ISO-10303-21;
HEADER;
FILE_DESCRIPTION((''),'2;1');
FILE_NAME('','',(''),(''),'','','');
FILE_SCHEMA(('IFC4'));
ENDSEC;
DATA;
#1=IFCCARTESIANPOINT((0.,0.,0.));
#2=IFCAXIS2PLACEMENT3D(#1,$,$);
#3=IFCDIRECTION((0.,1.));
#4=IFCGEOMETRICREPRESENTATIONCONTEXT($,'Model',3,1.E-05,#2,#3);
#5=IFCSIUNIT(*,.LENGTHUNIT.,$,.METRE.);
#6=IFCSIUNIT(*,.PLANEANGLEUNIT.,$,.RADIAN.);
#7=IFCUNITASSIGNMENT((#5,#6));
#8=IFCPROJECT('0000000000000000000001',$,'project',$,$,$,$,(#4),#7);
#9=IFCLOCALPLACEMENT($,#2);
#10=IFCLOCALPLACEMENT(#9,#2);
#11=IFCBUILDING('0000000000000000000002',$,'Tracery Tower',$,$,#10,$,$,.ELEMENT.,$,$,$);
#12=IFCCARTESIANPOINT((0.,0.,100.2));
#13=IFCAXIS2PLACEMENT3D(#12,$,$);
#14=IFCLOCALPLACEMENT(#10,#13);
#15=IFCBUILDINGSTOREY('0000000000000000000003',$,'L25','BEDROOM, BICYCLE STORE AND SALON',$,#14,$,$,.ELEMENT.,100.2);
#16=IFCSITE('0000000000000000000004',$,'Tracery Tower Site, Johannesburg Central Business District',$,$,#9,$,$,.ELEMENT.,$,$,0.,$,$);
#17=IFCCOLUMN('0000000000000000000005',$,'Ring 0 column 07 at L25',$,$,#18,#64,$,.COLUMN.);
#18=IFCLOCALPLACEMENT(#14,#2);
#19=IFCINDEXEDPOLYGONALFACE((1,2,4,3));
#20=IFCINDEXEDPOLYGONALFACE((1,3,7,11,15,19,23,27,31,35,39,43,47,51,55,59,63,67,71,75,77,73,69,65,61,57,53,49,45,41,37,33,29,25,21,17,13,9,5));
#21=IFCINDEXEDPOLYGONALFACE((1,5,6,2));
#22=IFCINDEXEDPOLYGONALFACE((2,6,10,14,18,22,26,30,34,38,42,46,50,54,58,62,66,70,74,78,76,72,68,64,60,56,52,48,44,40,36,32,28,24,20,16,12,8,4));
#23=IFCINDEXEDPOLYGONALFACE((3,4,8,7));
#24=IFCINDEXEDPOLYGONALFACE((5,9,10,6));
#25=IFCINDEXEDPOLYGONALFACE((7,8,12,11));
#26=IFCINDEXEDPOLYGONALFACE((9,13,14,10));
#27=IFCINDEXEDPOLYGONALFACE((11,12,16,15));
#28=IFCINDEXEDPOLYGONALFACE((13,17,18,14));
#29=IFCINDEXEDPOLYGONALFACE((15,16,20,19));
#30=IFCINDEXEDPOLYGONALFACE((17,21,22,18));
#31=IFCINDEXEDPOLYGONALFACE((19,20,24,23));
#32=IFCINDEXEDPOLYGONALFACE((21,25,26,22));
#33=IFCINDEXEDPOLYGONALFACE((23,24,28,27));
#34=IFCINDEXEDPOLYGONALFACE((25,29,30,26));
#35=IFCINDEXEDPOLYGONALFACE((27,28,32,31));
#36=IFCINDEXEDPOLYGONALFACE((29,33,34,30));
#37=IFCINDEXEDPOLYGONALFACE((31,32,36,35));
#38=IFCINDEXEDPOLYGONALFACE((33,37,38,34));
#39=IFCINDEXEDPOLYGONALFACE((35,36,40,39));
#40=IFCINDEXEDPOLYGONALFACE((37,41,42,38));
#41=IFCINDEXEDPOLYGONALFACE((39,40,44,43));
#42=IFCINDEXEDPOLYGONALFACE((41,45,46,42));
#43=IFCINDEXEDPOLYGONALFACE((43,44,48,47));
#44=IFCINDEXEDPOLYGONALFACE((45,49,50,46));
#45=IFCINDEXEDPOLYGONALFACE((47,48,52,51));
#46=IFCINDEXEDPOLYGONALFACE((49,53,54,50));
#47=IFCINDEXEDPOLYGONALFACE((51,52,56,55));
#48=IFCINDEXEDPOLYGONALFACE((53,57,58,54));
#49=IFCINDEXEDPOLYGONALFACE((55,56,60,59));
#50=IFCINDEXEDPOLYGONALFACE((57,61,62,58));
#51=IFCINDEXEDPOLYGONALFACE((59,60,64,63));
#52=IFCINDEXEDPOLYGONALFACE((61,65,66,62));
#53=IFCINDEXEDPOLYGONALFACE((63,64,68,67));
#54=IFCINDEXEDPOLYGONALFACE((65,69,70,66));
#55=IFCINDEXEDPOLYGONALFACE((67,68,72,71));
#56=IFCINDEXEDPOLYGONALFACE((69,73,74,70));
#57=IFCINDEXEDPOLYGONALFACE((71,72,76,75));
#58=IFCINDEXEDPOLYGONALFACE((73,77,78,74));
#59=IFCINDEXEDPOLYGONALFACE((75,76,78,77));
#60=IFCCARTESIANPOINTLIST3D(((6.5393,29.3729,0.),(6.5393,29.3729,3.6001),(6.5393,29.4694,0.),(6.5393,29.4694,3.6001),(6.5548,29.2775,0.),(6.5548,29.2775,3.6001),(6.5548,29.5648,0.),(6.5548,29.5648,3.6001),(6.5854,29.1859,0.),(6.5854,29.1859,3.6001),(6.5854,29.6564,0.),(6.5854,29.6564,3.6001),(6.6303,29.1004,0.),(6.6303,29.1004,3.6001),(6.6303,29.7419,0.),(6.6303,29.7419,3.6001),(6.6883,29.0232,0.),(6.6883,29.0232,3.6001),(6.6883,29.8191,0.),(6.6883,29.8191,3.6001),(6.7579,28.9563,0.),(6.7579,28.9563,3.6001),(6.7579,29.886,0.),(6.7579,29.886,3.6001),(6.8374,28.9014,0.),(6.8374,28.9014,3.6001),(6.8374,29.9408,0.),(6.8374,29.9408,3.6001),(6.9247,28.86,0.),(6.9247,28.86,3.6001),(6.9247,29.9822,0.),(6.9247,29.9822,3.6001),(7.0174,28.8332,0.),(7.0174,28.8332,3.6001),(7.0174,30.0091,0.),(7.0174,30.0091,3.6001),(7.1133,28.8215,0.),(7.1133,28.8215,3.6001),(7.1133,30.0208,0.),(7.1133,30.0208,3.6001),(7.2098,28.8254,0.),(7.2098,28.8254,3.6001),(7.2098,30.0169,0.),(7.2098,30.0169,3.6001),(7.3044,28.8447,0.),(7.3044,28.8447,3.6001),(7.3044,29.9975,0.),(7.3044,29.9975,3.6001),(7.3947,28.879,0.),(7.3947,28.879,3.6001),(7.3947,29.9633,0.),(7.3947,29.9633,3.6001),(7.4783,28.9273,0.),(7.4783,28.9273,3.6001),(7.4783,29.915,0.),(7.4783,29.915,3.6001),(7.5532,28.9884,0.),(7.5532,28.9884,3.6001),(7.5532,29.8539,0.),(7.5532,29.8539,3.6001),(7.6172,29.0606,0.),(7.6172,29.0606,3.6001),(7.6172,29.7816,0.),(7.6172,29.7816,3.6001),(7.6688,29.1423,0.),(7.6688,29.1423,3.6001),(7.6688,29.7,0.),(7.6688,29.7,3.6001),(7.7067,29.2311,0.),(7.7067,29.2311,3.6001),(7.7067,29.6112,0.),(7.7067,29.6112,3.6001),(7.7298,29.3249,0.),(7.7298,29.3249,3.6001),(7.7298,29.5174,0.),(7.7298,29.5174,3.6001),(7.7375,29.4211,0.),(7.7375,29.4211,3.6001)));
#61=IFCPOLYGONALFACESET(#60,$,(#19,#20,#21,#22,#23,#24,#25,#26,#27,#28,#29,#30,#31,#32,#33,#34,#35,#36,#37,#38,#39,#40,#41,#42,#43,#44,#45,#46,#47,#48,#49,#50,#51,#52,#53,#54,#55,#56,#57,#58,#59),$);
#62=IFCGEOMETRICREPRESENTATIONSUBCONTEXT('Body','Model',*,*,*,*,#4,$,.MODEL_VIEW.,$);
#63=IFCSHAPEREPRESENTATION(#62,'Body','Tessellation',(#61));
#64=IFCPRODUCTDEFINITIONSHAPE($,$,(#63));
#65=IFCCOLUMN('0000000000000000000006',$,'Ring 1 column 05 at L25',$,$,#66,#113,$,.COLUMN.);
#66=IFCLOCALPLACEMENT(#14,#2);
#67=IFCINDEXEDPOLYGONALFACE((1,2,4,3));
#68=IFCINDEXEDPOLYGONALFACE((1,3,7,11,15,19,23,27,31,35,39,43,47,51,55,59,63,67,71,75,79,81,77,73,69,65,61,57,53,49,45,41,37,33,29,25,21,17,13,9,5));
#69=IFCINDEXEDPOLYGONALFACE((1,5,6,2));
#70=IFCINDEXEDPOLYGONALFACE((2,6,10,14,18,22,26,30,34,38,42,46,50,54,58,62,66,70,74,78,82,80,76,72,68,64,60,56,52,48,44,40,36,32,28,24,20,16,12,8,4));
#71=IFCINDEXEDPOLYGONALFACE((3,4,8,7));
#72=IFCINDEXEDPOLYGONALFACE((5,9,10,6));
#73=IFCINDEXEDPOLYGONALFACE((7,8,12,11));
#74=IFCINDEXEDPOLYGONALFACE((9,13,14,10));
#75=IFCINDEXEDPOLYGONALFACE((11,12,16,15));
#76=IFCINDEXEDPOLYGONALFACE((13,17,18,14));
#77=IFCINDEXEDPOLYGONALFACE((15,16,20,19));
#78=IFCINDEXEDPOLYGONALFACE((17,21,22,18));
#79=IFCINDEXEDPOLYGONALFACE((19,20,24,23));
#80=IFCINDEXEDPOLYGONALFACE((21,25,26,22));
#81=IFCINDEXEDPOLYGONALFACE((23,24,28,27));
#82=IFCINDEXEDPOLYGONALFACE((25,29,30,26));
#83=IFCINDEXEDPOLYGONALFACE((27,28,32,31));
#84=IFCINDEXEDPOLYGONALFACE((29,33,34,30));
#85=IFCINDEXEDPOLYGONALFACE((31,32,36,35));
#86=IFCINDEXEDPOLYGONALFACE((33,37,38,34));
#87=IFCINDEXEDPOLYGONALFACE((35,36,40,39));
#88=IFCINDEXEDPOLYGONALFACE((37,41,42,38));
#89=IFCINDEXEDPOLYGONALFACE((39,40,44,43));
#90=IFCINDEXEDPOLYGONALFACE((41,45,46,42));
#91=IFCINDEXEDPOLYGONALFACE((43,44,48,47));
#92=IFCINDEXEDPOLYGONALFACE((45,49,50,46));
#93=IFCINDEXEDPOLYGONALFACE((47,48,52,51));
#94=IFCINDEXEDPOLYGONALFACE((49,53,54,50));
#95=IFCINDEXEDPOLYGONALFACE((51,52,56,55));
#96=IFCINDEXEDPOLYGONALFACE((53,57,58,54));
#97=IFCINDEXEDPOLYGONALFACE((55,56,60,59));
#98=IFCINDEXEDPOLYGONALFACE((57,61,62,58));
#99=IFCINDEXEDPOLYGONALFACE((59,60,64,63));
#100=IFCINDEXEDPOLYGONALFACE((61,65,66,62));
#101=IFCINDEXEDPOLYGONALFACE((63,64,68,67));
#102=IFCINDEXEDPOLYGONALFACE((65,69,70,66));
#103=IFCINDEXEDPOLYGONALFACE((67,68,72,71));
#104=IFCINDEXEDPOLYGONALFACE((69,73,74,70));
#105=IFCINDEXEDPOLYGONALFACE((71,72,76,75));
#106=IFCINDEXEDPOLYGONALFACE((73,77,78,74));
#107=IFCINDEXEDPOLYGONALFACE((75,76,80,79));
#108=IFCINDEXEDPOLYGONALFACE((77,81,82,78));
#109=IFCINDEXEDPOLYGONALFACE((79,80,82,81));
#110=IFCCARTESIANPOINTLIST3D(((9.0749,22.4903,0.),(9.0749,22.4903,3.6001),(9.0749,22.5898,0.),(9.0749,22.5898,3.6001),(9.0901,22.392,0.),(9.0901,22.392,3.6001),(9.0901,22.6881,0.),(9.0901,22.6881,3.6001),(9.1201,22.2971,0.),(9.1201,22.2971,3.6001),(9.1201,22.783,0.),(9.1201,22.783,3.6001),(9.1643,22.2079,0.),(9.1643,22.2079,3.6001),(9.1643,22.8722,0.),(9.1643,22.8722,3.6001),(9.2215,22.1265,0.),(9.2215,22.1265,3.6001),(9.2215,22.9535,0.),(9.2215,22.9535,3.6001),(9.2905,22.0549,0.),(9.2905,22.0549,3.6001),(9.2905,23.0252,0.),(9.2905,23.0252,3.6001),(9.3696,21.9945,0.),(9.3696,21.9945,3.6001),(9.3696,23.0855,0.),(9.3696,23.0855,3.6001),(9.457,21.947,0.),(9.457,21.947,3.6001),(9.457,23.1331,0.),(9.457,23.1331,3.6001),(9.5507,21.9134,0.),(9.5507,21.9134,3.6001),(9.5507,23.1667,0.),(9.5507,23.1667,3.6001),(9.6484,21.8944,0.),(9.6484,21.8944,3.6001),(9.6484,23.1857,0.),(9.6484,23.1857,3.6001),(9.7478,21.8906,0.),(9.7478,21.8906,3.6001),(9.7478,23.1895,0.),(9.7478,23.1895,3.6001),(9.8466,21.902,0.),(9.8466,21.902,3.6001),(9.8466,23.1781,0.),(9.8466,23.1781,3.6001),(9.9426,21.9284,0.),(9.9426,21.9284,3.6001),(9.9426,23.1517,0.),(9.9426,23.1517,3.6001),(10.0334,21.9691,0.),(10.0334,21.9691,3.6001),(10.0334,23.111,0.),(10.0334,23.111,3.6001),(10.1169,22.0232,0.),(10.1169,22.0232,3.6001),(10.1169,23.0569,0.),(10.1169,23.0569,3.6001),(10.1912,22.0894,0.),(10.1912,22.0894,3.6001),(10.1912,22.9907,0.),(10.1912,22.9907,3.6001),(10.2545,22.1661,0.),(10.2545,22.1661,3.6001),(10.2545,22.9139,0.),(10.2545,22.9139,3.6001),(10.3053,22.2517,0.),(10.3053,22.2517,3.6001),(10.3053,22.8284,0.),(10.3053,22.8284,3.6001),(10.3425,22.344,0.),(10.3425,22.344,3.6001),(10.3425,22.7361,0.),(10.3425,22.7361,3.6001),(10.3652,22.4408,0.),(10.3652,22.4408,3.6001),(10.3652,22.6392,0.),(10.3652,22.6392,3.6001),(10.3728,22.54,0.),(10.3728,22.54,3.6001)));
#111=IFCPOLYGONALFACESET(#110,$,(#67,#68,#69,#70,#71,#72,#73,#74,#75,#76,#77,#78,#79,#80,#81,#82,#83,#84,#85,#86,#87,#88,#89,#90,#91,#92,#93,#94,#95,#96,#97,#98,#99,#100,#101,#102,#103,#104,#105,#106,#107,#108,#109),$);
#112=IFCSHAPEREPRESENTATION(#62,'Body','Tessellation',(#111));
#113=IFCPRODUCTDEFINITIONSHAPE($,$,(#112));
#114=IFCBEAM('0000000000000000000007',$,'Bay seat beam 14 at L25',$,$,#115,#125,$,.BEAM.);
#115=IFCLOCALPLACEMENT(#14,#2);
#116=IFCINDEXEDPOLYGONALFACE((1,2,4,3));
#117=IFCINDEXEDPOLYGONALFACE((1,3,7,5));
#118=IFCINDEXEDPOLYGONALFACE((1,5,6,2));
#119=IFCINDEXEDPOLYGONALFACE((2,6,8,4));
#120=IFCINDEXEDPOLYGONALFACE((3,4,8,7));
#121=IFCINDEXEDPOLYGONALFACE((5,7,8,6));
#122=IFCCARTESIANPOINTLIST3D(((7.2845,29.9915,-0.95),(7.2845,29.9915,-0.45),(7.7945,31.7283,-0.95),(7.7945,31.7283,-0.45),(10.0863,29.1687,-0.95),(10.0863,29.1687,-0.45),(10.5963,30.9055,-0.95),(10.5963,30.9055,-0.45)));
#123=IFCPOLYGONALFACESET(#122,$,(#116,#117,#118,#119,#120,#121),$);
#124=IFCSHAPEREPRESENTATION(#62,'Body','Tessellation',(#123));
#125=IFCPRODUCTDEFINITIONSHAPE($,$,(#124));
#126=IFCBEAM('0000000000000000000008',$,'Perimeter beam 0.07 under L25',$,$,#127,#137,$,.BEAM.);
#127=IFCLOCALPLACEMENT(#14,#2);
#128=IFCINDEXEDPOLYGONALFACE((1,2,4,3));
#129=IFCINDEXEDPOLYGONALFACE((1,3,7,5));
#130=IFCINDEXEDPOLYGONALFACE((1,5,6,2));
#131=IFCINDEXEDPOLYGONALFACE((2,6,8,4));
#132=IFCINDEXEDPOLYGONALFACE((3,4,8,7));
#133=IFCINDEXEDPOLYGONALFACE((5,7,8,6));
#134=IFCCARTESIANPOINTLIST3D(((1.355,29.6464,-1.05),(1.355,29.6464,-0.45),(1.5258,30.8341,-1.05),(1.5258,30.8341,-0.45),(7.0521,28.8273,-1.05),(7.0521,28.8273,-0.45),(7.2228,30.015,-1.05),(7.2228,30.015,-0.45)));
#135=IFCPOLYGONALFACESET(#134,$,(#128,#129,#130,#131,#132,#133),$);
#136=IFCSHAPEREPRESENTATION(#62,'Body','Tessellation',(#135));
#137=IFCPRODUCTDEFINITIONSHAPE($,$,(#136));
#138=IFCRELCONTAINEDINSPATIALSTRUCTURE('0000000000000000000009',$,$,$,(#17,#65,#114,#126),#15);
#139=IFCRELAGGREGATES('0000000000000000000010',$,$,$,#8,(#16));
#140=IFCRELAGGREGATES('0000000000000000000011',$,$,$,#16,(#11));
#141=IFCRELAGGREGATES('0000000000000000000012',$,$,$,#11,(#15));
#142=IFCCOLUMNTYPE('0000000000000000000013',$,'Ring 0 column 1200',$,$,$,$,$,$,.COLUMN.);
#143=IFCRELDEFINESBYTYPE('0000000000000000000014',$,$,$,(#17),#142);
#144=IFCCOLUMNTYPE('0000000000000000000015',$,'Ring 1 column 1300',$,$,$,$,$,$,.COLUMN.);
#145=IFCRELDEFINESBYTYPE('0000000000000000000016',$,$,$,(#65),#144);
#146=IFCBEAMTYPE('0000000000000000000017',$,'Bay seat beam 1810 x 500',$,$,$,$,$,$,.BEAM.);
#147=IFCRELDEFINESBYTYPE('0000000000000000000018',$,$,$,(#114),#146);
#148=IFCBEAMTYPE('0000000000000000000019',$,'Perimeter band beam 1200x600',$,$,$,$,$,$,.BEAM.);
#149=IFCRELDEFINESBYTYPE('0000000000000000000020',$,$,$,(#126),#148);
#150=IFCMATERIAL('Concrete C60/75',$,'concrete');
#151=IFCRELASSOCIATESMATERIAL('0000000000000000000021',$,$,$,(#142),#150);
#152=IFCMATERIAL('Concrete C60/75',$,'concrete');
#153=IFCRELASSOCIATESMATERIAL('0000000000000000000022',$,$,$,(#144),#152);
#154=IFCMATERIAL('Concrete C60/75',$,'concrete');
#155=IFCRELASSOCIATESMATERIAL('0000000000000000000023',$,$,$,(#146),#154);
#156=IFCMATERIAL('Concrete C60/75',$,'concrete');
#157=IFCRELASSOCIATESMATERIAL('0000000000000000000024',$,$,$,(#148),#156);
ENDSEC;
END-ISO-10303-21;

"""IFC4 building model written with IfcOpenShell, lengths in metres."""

from ifc_helpers import new_model, si_unit, direction, frame, origin, origin_2d, place, context, subcontext, project, spatial, rectangle, circle, extrude, material, material_profile, profile_set, type_object, element, save


model = new_model("IFC4")

# Units and contexts
model_context = context("Model", 3, precision=1e-05, world=origin(), true_north=direction((0.0, 1.0)))
body_context = subcontext(model_context, "Body", "Model", "MODEL_VIEW")
ifc_project = project(units=[si_unit("LENGTHUNIT", "METRE"), si_unit("PLANEANGLEUNIT", "RADIAN")], contexts=[model_context])

# Site, building, storey
site_placement = place(None, origin())
site = spatial("IfcSite", under=ifc_project, at=site_placement, Name="Tracery Tower Site, Johannesburg Central Business District", CompositionType="ELEMENT", RefElevation=0.0)
building_placement = place(site_placement, origin())
building = spatial("IfcBuilding", under=site, at=building_placement, Name="Tracery Tower", CompositionType="ELEMENT")
storey_placement = place(building_placement, frame((0.0, 0.0, 100.2)))
storey = spatial("IfcBuildingStorey", under=building, at=storey_placement, Name="L25", Description="BEDROOM, BICYCLE STORE AND SALON", CompositionType="ELEMENT", Elevation=100.2)

# Columns
ifc_material_1 = material(Name="Concrete C60/75", Category="concrete")
ifc_material_profile_1 = material_profile(ifc_material_1, circle(Radius=0.6001, at=origin_2d()), Name="RC D1200")
ifc_profile_set_1 = profile_set([ifc_material_profile_1], Name="Concrete C60/75")
column_type_1 = type_object("IfcColumnType", Name="Ring 0 column 1200", PredefinedType="COLUMN", material=ifc_profile_set_1)
column_1_placement = place(storey_placement, frame((7.1375, 29.4211, 0.0), z_axis=(0.0, 0.0, 1.0), x_axis=(1.0, 0.0, 0.0)))
element("IfcColumn", 1, at=column_1_placement, inside=storey, type_object=column_type_1, Name="Ring 0 column 07 at L25", PredefinedType="COLUMN", context=body_context, shape_type="SweptSolid", body=[
    extrude(circle(Radius=0.6001, at=origin_2d()), origin(), (0.0, 0.0, 1.0), 3.6001),
])
ifc_material_2 = material(Name="Concrete C60/75", Category="concrete")
ifc_material_profile_2 = material_profile(ifc_material_2, circle(Radius=0.6499, at=origin_2d()), Name="RC D1300")
ifc_profile_set_2 = profile_set([ifc_material_profile_2], Name="Concrete C60/75")
column_type_2 = type_object("IfcColumnType", Name="Ring 1 column 1300", PredefinedType="COLUMN", material=ifc_profile_set_2)
column_2_placement = place(storey_placement, frame((9.7229, 22.54, 0.0), z_axis=(0.0, 0.0, 1.0), x_axis=(1.0, 0.0, 0.0)))
element("IfcColumn", 2, at=column_2_placement, inside=storey, type_object=column_type_2, Name="Ring 1 column 05 at L25", PredefinedType="COLUMN", context=body_context, shape_type="SweptSolid", body=[
    extrude(circle(Radius=0.6499, at=origin_2d()), origin(), (0.0, 0.0, 1.0), 3.6001),
])

# Beams
ifc_material_3 = material(Name="Concrete C60/75", Category="concrete")
ifc_material_profile_3 = material_profile(ifc_material_3, rectangle(XDim=1.8101, YDim=0.5, at=origin_2d()), Name="RC 1810x500")
ifc_profile_set_3 = profile_set([ifc_material_profile_3], Name="Concrete C60/75")
beam_type_1 = type_object("IfcBeamType", Name="Bay seat beam 1810 x 500", PredefinedType="BEAM", material=ifc_profile_set_3)
beam_1_placement = place(storey_placement, frame((10.3413, 30.0371, -0.7), z_axis=(-0.959485, 0.281759, 0.0), x_axis=(-0.281759, -0.959485, 0.0)))
element("IfcBeam", 3, at=beam_1_placement, inside=storey, type_object=beam_type_1, Name="Bay seat beam 14 at L25", PredefinedType="BEAM", context=body_context, shape_type="SweptSolid", body=[
    extrude(rectangle(XDim=1.8101, YDim=0.5, at=origin_2d()), origin(), (0.0, 0.0, 1.0), 2.9202),
])
ifc_material_4 = material(Name="Concrete C60/75", Category="concrete")
ifc_material_profile_4 = material_profile(ifc_material_4, rectangle(XDim=1.2, YDim=0.6001, at=origin_2d()), Name="RC 1200x600")
ifc_profile_set_4 = profile_set([ifc_material_profile_4], Name="Concrete C60/75")
beam_type_2 = type_object("IfcBeamType", Name="Perimeter band beam 1200x600", PredefinedType="BEAM", material=ifc_profile_set_4)
beam_2_placement = place(storey_placement, frame((7.1375, 29.4211, -0.75), z_axis=(-0.989822, 0.142312, 0.0), x_axis=(-0.142312, -0.989822, 0.0)))
element("IfcBeam", 4, at=beam_2_placement, inside=storey, type_object=beam_type_2, Name="Perimeter beam 0.07 under L25", PredefinedType="BEAM", context=body_context, shape_type="SweptSolid", body=[
    extrude(rectangle(XDim=1.2, YDim=0.6001, at=origin_2d()), origin(), (0.0, 0.0, 1.0), 5.7556),
])

save(model, "model.ifc")
